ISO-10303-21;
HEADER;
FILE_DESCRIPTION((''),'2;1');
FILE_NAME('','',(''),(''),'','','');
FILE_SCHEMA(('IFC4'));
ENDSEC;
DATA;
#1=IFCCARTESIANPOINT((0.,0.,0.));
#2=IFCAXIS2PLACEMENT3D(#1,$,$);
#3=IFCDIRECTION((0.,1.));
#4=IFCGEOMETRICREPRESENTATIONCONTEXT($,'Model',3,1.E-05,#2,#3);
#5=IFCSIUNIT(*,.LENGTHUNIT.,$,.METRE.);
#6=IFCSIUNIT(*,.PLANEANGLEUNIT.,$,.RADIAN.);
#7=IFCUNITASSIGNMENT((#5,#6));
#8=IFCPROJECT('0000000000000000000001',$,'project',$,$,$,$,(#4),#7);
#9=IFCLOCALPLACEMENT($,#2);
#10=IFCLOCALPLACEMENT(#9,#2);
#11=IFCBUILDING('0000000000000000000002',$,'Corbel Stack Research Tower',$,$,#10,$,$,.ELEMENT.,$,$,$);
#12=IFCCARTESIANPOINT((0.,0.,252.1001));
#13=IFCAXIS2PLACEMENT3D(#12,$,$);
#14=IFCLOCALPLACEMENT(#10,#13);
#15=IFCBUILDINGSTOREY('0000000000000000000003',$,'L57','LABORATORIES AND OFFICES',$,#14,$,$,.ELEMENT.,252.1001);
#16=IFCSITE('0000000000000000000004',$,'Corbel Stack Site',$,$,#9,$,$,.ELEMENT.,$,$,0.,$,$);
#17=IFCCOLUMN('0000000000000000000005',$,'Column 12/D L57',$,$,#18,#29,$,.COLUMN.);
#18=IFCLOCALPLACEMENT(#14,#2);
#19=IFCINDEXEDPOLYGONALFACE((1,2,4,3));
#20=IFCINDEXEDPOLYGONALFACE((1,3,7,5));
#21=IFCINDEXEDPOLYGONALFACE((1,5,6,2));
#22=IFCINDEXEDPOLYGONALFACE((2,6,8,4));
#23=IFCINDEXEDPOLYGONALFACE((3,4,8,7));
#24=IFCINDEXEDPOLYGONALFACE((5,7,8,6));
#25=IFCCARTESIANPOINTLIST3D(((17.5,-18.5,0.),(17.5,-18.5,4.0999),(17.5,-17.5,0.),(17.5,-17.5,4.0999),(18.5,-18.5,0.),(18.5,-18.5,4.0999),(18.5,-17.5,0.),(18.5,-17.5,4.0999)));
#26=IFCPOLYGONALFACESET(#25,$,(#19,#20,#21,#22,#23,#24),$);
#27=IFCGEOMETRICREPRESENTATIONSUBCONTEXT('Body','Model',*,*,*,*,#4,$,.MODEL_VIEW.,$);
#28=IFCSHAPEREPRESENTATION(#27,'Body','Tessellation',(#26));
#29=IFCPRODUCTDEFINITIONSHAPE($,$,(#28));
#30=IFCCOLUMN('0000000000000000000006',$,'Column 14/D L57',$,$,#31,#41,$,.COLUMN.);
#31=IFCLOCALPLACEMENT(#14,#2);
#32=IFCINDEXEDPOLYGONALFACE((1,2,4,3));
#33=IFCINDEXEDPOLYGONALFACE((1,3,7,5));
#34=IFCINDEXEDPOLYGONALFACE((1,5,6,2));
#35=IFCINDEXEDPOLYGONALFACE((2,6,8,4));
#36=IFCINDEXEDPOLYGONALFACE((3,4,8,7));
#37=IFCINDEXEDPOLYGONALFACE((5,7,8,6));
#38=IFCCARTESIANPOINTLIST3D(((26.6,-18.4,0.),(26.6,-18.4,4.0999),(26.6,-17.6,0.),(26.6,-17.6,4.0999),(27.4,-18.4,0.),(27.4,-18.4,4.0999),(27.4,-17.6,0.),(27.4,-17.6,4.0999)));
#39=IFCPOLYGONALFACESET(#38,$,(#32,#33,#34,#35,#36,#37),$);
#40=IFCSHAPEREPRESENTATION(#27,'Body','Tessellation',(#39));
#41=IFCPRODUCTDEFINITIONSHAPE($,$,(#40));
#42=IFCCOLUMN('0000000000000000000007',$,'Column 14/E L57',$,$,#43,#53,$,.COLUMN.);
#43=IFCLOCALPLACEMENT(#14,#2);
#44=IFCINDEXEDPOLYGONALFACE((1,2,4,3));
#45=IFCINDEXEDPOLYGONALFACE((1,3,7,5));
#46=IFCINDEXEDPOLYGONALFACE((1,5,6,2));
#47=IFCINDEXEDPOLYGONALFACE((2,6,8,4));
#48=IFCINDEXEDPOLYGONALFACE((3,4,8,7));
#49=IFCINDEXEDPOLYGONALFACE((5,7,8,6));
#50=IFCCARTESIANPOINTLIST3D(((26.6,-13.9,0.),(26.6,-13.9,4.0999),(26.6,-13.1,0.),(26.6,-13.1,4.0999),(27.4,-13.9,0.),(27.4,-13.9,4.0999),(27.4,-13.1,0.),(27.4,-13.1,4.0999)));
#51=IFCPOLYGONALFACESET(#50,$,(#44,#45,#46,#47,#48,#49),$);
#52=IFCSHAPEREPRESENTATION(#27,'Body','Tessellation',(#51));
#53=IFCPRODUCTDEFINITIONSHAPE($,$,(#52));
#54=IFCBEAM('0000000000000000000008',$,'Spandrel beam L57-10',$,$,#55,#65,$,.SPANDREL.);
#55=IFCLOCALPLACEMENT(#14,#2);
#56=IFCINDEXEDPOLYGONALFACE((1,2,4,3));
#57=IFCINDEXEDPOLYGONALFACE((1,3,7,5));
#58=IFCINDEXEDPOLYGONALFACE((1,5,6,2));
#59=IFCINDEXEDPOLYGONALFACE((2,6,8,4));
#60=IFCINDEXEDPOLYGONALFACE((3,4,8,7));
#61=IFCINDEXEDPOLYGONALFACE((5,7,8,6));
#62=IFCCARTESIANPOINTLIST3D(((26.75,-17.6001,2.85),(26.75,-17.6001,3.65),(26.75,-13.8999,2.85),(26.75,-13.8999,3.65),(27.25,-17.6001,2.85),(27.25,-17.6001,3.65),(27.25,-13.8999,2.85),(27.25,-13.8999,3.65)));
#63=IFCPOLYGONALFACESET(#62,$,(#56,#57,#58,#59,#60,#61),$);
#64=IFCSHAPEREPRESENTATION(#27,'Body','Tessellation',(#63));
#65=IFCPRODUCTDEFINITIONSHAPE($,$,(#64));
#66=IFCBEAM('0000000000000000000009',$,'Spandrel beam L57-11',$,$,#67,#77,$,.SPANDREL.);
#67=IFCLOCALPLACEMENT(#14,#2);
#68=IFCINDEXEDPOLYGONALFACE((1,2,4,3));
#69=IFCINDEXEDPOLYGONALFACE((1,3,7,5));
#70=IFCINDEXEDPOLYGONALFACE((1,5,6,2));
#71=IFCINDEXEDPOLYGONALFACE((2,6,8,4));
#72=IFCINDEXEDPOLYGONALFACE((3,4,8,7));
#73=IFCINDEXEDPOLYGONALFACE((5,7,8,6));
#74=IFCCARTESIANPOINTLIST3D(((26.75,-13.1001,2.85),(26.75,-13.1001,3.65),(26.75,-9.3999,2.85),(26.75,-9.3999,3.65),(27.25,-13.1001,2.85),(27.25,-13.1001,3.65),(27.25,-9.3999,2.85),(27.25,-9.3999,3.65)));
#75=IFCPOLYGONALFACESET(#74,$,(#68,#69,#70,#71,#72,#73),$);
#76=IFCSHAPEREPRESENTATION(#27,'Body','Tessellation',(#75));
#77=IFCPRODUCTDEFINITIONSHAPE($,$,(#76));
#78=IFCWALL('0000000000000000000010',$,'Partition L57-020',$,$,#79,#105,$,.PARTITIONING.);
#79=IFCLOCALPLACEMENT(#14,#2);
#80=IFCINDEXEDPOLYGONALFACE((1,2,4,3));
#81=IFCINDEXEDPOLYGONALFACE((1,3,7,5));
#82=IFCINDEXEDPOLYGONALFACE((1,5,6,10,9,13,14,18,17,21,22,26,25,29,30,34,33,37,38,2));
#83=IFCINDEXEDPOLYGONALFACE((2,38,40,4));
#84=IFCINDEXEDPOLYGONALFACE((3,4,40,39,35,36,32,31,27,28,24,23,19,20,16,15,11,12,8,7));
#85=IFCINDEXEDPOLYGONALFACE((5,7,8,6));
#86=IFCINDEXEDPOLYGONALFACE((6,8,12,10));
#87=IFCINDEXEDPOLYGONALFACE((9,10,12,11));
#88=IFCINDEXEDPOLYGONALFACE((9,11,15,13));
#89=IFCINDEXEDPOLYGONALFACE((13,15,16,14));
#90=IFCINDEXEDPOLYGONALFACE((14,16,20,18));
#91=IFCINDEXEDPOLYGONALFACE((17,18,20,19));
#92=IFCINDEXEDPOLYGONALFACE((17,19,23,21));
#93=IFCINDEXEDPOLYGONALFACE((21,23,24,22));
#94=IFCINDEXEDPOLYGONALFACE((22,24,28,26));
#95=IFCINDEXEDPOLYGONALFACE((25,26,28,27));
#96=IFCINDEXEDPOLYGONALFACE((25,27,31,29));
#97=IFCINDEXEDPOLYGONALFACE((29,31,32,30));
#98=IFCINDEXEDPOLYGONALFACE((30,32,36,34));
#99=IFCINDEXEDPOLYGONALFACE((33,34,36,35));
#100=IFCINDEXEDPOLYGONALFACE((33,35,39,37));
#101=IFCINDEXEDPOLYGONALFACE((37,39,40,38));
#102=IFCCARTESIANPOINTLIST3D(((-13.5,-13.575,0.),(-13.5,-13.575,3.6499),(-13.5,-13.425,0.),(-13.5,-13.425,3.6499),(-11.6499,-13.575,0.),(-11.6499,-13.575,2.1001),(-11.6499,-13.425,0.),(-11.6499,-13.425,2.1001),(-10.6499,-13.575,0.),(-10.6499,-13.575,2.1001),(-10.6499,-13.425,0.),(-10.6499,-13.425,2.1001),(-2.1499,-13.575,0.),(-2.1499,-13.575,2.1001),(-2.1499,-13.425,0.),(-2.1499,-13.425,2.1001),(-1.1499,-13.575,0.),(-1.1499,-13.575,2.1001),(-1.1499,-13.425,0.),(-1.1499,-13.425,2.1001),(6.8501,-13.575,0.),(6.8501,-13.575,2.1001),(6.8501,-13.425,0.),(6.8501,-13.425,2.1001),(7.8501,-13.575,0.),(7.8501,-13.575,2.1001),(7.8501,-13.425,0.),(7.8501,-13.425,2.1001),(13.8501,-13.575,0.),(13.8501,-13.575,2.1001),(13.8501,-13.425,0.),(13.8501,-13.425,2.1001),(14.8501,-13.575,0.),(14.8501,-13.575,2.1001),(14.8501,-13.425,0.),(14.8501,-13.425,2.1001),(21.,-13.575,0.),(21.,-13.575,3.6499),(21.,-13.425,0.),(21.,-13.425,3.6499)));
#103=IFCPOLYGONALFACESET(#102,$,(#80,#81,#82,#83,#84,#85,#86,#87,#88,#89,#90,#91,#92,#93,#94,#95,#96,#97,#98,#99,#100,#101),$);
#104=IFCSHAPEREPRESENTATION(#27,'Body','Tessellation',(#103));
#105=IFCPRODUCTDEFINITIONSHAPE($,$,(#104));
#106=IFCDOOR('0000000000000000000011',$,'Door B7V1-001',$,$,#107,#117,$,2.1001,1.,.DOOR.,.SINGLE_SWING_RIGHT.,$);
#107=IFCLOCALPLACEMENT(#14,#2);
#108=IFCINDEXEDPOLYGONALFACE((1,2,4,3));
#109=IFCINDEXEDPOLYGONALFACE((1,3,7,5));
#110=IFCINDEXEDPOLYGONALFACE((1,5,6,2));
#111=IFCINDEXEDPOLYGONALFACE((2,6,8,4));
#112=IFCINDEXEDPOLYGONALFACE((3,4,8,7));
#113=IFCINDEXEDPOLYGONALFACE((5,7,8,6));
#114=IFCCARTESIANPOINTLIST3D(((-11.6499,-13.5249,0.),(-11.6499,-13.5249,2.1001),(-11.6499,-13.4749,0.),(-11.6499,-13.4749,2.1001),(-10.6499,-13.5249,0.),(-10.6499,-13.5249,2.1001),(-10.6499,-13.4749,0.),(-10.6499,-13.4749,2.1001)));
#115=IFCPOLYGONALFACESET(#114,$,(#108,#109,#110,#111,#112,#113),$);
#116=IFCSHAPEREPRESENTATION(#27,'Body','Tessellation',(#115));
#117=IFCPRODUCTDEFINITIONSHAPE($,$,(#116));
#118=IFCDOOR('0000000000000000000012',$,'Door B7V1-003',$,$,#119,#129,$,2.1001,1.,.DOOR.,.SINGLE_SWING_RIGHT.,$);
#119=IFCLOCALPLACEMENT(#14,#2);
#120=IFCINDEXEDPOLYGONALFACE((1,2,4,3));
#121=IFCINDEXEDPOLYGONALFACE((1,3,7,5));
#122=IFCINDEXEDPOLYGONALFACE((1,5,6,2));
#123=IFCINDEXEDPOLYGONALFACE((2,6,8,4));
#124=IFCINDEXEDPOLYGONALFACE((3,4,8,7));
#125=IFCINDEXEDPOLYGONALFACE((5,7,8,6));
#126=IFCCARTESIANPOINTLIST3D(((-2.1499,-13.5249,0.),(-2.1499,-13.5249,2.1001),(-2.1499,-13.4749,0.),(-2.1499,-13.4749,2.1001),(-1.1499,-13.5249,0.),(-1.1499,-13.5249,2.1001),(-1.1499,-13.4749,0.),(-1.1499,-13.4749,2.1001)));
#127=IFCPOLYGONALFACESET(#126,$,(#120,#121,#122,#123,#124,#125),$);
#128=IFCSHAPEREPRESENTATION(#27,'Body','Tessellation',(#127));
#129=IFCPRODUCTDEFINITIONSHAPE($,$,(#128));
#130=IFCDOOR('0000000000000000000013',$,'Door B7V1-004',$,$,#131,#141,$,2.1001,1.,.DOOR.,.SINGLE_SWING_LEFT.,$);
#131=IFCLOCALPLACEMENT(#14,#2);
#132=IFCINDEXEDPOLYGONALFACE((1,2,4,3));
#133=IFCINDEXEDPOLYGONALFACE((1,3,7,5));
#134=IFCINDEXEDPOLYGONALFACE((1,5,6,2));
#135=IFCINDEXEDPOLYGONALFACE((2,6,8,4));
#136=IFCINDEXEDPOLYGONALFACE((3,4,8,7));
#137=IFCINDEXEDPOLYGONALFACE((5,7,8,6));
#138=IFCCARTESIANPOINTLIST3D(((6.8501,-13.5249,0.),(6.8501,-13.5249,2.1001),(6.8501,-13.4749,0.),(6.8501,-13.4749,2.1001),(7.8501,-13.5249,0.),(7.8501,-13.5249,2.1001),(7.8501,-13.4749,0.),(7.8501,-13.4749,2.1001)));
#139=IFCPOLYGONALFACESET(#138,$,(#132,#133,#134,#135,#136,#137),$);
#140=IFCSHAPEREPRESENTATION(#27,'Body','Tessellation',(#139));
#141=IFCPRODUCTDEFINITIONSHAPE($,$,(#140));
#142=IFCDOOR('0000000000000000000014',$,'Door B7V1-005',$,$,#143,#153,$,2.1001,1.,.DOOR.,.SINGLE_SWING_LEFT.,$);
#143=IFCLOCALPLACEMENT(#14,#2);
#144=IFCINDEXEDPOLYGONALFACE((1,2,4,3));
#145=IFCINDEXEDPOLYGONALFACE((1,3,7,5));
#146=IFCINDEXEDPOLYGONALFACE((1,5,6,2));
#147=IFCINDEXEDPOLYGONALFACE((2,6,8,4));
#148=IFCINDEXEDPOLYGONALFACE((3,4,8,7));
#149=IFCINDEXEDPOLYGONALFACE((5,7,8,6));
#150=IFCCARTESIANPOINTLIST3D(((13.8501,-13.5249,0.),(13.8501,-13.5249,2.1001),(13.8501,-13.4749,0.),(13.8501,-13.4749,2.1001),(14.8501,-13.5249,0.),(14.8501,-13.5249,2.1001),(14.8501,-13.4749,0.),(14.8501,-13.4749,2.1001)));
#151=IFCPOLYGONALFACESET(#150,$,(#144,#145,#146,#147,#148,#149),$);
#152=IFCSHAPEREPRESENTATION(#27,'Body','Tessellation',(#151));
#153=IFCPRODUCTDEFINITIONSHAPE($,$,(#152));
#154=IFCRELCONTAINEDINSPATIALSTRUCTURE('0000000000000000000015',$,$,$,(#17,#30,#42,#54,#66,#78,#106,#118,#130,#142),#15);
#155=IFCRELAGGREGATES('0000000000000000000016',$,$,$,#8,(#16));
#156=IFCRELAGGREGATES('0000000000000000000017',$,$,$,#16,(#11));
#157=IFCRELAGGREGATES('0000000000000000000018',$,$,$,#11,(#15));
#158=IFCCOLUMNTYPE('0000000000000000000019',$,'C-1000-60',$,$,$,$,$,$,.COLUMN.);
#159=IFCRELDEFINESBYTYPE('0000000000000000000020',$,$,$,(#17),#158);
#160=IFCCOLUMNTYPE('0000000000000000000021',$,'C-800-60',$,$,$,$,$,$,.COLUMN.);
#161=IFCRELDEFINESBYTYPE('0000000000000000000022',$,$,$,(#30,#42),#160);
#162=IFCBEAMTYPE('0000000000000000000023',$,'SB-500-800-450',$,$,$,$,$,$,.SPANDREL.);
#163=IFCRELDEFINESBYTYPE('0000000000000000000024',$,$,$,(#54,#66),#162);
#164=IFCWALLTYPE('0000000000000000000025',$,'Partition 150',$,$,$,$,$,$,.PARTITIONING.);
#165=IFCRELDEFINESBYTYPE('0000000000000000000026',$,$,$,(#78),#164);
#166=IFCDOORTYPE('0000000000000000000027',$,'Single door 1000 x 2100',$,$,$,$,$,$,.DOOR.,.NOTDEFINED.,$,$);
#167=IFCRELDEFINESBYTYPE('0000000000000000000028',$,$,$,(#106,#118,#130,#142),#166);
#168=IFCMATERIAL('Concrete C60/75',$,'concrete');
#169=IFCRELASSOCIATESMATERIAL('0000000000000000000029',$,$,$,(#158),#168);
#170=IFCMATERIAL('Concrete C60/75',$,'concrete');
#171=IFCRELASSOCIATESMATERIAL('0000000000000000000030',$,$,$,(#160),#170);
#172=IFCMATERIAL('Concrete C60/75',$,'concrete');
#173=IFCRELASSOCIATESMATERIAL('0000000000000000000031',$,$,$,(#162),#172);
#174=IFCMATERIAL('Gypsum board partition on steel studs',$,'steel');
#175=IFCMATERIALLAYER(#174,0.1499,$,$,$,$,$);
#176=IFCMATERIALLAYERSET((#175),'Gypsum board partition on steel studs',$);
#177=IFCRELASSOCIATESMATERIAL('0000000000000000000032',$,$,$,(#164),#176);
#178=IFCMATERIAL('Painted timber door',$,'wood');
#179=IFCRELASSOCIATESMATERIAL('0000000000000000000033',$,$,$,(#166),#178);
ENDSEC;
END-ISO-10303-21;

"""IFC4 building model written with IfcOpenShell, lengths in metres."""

from ifc_helpers import new_model, si_unit, direction, frame, frame_2d, origin, origin_2d, place, context, subcontext, project, spatial, rectangle, extrude, material, layer, layer_set, material_profile, profile_set, type_object, element, fill, save


model = new_model("IFC4")

# Units and contexts
model_context = context("Model", 3, precision=1e-05, world=origin(), true_north=direction((0.0, 1.0)))
body_context = subcontext(model_context, "Body", "Model", "MODEL_VIEW")
ifc_project = project(units=[si_unit("LENGTHUNIT", "METRE"), si_unit("PLANEANGLEUNIT", "RADIAN")], contexts=[model_context])

# Site, building, storey
site_placement = place(None, origin())
site = spatial("IfcSite", under=ifc_project, at=site_placement, Name="Corbel Stack Site", CompositionType="ELEMENT", RefElevation=0.0)
building_placement = place(site_placement, origin())
building = spatial("IfcBuilding", under=site, at=building_placement, Name="Corbel Stack Research Tower", CompositionType="ELEMENT")
storey_placement = place(building_placement, frame((0.0, 0.0, 252.1001)))
storey = spatial("IfcBuildingStorey", under=building, at=storey_placement, Name="L57", Description="LABORATORIES AND OFFICES", CompositionType="ELEMENT", Elevation=252.1001)

# Columns
ifc_material_1 = material(Name="Concrete C60/75", Category="concrete")
ifc_material_profile_1 = material_profile(ifc_material_1, rectangle(XDim=1.0, YDim=1.0, at=origin_2d()), Name="RC 1000 x 1000")
ifc_profile_set_1 = profile_set([ifc_material_profile_1], Name="Concrete C60/75")
column_type_1 = type_object("IfcColumnType", Name="C-1000-60", PredefinedType="COLUMN", material=ifc_profile_set_1)
column_placement = place(storey_placement, frame((18.0, -18.0, 0.0), z_axis=(0.0, 0.0, 1.0), x_axis=(1.0, 0.0, 0.0)))
element("IfcColumn", 1, at=column_placement, inside=storey, type_object=column_type_1, Name="Column 12/D L57", PredefinedType="COLUMN", context=body_context, shape_type="SweptSolid", body=[
    extrude(rectangle(XDim=1.0, YDim=1.0, at=origin_2d()), origin(), (0.0, 0.0, 1.0), 4.0999),
])
ifc_material_2 = material(Name="Concrete C60/75", Category="concrete")
ifc_material_profile_2 = material_profile(ifc_material_2, rectangle(XDim=0.8, YDim=0.8, at=origin_2d()), Name="RC 800 x 800")
ifc_profile_set_2 = profile_set([ifc_material_profile_2], Name="Concrete C60/75")
column_type_2 = type_object("IfcColumnType", Name="C-800-60", PredefinedType="COLUMN", material=ifc_profile_set_2)
for number, where, z_axis, x_axis, name in (
    (2, (27.0, -18.0, 0.0), (0.0, 0.0, 1.0), (1.0, 0.0, 0.0), "Column 14/D L57"),
    (3, (27.0, -13.5, 0.0), (0.0, 0.0, 1.0), (1.0, 0.0, 0.0), "Column 14/E L57"),
):
    element("IfcColumn", number, at=place(storey_placement, frame(where, z_axis=z_axis, x_axis=x_axis)), inside=storey, type_object=column_type_2, Name=name, PredefinedType="COLUMN", context=body_context, shape_type="SweptSolid", body=[
        extrude(rectangle(XDim=0.8, YDim=0.8, at=origin_2d()), origin(), (0.0, 0.0, 1.0), 4.0999),
    ])

# Beams
ifc_material_3 = material(Name="Concrete C60/75", Category="concrete")
ifc_material_profile_3 = material_profile(ifc_material_3, rectangle(XDim=0.5, YDim=0.8, at=origin_2d()), Name="RC 500 x 800")
ifc_profile_set_3 = profile_set([ifc_material_profile_3], Name="Concrete C60/75")
beam_type = type_object("IfcBeamType", Name="SB-500-800-450", PredefinedType="SPANDREL", material=ifc_profile_set_3)
for number, where, z_axis, x_axis, name in (
    (4, (27.0, -17.6001, 3.25), (0.0, 1.0, 0.0), (-1.0, 0.0, 0.0), "Spandrel beam L57-10"),
    (5, (27.0, -13.1001, 3.25), (0.0, 1.0, 0.0), (-1.0, 0.0, 0.0), "Spandrel beam L57-11"),
):
    element("IfcBeam", number, at=place(storey_placement, frame(where, z_axis=z_axis, x_axis=x_axis)), inside=storey, type_object=beam_type, Name=name, PredefinedType="SPANDREL", context=body_context, shape_type="SweptSolid", body=[
        extrude(rectangle(XDim=0.5, YDim=0.8, at=origin_2d()), origin(), (0.0, 0.0, 1.0), 3.7002),
    ])

# Wall, openings, doors
ifc_material_4 = material(Name="Gypsum board partition on steel studs", Category="steel")
ifc_layer_1 = layer(ifc_material_4, 0.1499)
ifc_layer_set_1 = layer_set([ifc_layer_1], Name="Gypsum board partition on steel studs")
wall_type_1 = type_object("IfcWallType", Name="Partition 150", PredefinedType="PARTITIONING", material=ifc_layer_set_1)
wall_1_placement = place(storey_placement, frame((21.0, -13.5, 0.0), z_axis=(0.0, 0.0, 1.0), x_axis=(-1.0, 0.0, 0.0)))
wall_1 = element("IfcWall", 6, at=wall_1_placement, inside=storey, type_object=wall_type_1, Name="Partition L57-020", PredefinedType="PARTITIONING", context=body_context, shape_type="SweptSolid", body=[
    extrude(rectangle(XDim=34.5, YDim=0.1499, at=frame_2d((17.25, 0.0))), origin(), (0.0, 0.0, 1.0), 3.6499),
])
opening_1_placement = place(wall_1_placement, frame((31.6499, 0.0, 0.0)))
opening_1 = element("IfcOpeningElement", 7, at=opening_1_placement, cuts=wall_1, PredefinedType="OPENING", context=body_context, shape_type="SweptSolid", body=[
    extrude(rectangle(XDim=1.0, YDim=2.1001, at=frame_2d((0.5, 1.05))), frame((0.0, 0.085, 0.0), z_axis=(0.0, -1.0, 0.0), x_axis=(1.0, 0.0, 0.0)), (0.0, 0.0, 1.0), 0.1699),
])
opening_2_placement = place(wall_1_placement, frame((22.1499, 0.0, 0.0)))
opening_2 = element("IfcOpeningElement", 8, at=opening_2_placement, cuts=wall_1, PredefinedType="OPENING", context=body_context, shape_type="SweptSolid", body=[
    extrude(rectangle(XDim=1.0, YDim=2.1001, at=frame_2d((0.5, 1.05))), frame((0.0, 0.085, 0.0), z_axis=(0.0, -1.0, 0.0), x_axis=(1.0, 0.0, 0.0)), (0.0, 0.0, 1.0), 0.1699),
])
opening_3_placement = place(wall_1_placement, frame((13.1499, 0.0, 0.0)))
opening_3 = element("IfcOpeningElement", 9, at=opening_3_placement, cuts=wall_1, PredefinedType="OPENING", context=body_context, shape_type="SweptSolid", body=[
    extrude(rectangle(XDim=1.0, YDim=2.1001, at=frame_2d((0.5, 1.05))), frame((0.0, 0.085, 0.0), z_axis=(0.0, -1.0, 0.0), x_axis=(1.0, 0.0, 0.0)), (0.0, 0.0, 1.0), 0.1699),
])
opening_4_placement = place(wall_1_placement, frame((6.1499, 0.0, 0.0)))
opening_4 = element("IfcOpeningElement", 10, at=opening_4_placement, cuts=wall_1, PredefinedType="OPENING", context=body_context, shape_type="SweptSolid", body=[
    extrude(rectangle(XDim=1.0, YDim=2.1001, at=frame_2d((0.5, 1.05))), frame((0.0, 0.085, 0.0), z_axis=(0.0, -1.0, 0.0), x_axis=(1.0, 0.0, 0.0)), (0.0, 0.0, 1.0), 0.1699),
])
ifc_material_5 = material(Name="Painted timber door", Category="wood")
door_type_1 = type_object("IfcDoorType", Name="Single door 1000 x 2100", OperationType="NOTDEFINED", PredefinedType="DOOR", material=ifc_material_5)
door_1_placement = place(opening_1_placement, origin())
door_1 = element("IfcDoor", 11, at=door_1_placement, inside=storey, type_object=door_type_1, Name="Door B7V1-001", OperationType="SINGLE_SWING_RIGHT", OverallHeight=2.1001, OverallWidth=1.0, PredefinedType="DOOR", context=body_context, shape_type="SweptSolid", body=[
    extrude(rectangle(XDim=1.0, YDim=2.1001, at=frame_2d((0.5, 1.05))), frame((0.0, 0.0249, 0.0), z_axis=(0.0, -1.0, 0.0), x_axis=(1.0, 0.0, 0.0)), (0.0, 0.0, 1.0), 0.05),
])
fill(opening_1, door_1)
door_2_placement = place(opening_2_placement, origin())
door_2 = element("IfcDoor", 12, at=door_2_placement, inside=storey, type_object=door_type_1, Name="Door B7V1-003", OperationType="SINGLE_SWING_RIGHT", OverallHeight=2.1001, OverallWidth=1.0, PredefinedType="DOOR", context=body_context, shape_type="SweptSolid", body=[
    extrude(rectangle(XDim=1.0, YDim=2.1001, at=frame_2d((0.5, 1.05))), frame((0.0, 0.0249, 0.0), z_axis=(0.0, -1.0, 0.0), x_axis=(1.0, 0.0, 0.0)), (0.0, 0.0, 1.0), 0.05),
])
fill(opening_2, door_2)
door_3_placement = place(opening_3_placement, origin())
door_3 = element("IfcDoor", 13, at=door_3_placement, inside=storey, type_object=door_type_1, Name="Door B7V1-004", OperationType="SINGLE_SWING_LEFT", OverallHeight=2.1001, OverallWidth=1.0, PredefinedType="DOOR", context=body_context, shape_type="SweptSolid", body=[
    extrude(rectangle(XDim=1.0, YDim=2.1001, at=frame_2d((0.5, 1.05))), frame((0.0, 0.0249, 0.0), z_axis=(0.0, -1.0, 0.0), x_axis=(1.0, 0.0, 0.0)), (0.0, 0.0, 1.0), 0.05),
])
fill(opening_3, door_3)
door_4_placement = place(opening_4_placement, origin())
door_4 = element("IfcDoor", 14, at=door_4_placement, inside=storey, type_object=door_type_1, Name="Door B7V1-005", OperationType="SINGLE_SWING_LEFT", OverallHeight=2.1001, OverallWidth=1.0, PredefinedType="DOOR", context=body_context, shape_type="SweptSolid", body=[
    extrude(rectangle(XDim=1.0, YDim=2.1001, at=frame_2d((0.5, 1.05))), frame((0.0, 0.0249, 0.0), z_axis=(0.0, -1.0, 0.0), x_axis=(1.0, 0.0, 0.0)), (0.0, 0.0, 1.0), 0.05),
])
fill(opening_4, door_4)

save(model, "model.ifc")
